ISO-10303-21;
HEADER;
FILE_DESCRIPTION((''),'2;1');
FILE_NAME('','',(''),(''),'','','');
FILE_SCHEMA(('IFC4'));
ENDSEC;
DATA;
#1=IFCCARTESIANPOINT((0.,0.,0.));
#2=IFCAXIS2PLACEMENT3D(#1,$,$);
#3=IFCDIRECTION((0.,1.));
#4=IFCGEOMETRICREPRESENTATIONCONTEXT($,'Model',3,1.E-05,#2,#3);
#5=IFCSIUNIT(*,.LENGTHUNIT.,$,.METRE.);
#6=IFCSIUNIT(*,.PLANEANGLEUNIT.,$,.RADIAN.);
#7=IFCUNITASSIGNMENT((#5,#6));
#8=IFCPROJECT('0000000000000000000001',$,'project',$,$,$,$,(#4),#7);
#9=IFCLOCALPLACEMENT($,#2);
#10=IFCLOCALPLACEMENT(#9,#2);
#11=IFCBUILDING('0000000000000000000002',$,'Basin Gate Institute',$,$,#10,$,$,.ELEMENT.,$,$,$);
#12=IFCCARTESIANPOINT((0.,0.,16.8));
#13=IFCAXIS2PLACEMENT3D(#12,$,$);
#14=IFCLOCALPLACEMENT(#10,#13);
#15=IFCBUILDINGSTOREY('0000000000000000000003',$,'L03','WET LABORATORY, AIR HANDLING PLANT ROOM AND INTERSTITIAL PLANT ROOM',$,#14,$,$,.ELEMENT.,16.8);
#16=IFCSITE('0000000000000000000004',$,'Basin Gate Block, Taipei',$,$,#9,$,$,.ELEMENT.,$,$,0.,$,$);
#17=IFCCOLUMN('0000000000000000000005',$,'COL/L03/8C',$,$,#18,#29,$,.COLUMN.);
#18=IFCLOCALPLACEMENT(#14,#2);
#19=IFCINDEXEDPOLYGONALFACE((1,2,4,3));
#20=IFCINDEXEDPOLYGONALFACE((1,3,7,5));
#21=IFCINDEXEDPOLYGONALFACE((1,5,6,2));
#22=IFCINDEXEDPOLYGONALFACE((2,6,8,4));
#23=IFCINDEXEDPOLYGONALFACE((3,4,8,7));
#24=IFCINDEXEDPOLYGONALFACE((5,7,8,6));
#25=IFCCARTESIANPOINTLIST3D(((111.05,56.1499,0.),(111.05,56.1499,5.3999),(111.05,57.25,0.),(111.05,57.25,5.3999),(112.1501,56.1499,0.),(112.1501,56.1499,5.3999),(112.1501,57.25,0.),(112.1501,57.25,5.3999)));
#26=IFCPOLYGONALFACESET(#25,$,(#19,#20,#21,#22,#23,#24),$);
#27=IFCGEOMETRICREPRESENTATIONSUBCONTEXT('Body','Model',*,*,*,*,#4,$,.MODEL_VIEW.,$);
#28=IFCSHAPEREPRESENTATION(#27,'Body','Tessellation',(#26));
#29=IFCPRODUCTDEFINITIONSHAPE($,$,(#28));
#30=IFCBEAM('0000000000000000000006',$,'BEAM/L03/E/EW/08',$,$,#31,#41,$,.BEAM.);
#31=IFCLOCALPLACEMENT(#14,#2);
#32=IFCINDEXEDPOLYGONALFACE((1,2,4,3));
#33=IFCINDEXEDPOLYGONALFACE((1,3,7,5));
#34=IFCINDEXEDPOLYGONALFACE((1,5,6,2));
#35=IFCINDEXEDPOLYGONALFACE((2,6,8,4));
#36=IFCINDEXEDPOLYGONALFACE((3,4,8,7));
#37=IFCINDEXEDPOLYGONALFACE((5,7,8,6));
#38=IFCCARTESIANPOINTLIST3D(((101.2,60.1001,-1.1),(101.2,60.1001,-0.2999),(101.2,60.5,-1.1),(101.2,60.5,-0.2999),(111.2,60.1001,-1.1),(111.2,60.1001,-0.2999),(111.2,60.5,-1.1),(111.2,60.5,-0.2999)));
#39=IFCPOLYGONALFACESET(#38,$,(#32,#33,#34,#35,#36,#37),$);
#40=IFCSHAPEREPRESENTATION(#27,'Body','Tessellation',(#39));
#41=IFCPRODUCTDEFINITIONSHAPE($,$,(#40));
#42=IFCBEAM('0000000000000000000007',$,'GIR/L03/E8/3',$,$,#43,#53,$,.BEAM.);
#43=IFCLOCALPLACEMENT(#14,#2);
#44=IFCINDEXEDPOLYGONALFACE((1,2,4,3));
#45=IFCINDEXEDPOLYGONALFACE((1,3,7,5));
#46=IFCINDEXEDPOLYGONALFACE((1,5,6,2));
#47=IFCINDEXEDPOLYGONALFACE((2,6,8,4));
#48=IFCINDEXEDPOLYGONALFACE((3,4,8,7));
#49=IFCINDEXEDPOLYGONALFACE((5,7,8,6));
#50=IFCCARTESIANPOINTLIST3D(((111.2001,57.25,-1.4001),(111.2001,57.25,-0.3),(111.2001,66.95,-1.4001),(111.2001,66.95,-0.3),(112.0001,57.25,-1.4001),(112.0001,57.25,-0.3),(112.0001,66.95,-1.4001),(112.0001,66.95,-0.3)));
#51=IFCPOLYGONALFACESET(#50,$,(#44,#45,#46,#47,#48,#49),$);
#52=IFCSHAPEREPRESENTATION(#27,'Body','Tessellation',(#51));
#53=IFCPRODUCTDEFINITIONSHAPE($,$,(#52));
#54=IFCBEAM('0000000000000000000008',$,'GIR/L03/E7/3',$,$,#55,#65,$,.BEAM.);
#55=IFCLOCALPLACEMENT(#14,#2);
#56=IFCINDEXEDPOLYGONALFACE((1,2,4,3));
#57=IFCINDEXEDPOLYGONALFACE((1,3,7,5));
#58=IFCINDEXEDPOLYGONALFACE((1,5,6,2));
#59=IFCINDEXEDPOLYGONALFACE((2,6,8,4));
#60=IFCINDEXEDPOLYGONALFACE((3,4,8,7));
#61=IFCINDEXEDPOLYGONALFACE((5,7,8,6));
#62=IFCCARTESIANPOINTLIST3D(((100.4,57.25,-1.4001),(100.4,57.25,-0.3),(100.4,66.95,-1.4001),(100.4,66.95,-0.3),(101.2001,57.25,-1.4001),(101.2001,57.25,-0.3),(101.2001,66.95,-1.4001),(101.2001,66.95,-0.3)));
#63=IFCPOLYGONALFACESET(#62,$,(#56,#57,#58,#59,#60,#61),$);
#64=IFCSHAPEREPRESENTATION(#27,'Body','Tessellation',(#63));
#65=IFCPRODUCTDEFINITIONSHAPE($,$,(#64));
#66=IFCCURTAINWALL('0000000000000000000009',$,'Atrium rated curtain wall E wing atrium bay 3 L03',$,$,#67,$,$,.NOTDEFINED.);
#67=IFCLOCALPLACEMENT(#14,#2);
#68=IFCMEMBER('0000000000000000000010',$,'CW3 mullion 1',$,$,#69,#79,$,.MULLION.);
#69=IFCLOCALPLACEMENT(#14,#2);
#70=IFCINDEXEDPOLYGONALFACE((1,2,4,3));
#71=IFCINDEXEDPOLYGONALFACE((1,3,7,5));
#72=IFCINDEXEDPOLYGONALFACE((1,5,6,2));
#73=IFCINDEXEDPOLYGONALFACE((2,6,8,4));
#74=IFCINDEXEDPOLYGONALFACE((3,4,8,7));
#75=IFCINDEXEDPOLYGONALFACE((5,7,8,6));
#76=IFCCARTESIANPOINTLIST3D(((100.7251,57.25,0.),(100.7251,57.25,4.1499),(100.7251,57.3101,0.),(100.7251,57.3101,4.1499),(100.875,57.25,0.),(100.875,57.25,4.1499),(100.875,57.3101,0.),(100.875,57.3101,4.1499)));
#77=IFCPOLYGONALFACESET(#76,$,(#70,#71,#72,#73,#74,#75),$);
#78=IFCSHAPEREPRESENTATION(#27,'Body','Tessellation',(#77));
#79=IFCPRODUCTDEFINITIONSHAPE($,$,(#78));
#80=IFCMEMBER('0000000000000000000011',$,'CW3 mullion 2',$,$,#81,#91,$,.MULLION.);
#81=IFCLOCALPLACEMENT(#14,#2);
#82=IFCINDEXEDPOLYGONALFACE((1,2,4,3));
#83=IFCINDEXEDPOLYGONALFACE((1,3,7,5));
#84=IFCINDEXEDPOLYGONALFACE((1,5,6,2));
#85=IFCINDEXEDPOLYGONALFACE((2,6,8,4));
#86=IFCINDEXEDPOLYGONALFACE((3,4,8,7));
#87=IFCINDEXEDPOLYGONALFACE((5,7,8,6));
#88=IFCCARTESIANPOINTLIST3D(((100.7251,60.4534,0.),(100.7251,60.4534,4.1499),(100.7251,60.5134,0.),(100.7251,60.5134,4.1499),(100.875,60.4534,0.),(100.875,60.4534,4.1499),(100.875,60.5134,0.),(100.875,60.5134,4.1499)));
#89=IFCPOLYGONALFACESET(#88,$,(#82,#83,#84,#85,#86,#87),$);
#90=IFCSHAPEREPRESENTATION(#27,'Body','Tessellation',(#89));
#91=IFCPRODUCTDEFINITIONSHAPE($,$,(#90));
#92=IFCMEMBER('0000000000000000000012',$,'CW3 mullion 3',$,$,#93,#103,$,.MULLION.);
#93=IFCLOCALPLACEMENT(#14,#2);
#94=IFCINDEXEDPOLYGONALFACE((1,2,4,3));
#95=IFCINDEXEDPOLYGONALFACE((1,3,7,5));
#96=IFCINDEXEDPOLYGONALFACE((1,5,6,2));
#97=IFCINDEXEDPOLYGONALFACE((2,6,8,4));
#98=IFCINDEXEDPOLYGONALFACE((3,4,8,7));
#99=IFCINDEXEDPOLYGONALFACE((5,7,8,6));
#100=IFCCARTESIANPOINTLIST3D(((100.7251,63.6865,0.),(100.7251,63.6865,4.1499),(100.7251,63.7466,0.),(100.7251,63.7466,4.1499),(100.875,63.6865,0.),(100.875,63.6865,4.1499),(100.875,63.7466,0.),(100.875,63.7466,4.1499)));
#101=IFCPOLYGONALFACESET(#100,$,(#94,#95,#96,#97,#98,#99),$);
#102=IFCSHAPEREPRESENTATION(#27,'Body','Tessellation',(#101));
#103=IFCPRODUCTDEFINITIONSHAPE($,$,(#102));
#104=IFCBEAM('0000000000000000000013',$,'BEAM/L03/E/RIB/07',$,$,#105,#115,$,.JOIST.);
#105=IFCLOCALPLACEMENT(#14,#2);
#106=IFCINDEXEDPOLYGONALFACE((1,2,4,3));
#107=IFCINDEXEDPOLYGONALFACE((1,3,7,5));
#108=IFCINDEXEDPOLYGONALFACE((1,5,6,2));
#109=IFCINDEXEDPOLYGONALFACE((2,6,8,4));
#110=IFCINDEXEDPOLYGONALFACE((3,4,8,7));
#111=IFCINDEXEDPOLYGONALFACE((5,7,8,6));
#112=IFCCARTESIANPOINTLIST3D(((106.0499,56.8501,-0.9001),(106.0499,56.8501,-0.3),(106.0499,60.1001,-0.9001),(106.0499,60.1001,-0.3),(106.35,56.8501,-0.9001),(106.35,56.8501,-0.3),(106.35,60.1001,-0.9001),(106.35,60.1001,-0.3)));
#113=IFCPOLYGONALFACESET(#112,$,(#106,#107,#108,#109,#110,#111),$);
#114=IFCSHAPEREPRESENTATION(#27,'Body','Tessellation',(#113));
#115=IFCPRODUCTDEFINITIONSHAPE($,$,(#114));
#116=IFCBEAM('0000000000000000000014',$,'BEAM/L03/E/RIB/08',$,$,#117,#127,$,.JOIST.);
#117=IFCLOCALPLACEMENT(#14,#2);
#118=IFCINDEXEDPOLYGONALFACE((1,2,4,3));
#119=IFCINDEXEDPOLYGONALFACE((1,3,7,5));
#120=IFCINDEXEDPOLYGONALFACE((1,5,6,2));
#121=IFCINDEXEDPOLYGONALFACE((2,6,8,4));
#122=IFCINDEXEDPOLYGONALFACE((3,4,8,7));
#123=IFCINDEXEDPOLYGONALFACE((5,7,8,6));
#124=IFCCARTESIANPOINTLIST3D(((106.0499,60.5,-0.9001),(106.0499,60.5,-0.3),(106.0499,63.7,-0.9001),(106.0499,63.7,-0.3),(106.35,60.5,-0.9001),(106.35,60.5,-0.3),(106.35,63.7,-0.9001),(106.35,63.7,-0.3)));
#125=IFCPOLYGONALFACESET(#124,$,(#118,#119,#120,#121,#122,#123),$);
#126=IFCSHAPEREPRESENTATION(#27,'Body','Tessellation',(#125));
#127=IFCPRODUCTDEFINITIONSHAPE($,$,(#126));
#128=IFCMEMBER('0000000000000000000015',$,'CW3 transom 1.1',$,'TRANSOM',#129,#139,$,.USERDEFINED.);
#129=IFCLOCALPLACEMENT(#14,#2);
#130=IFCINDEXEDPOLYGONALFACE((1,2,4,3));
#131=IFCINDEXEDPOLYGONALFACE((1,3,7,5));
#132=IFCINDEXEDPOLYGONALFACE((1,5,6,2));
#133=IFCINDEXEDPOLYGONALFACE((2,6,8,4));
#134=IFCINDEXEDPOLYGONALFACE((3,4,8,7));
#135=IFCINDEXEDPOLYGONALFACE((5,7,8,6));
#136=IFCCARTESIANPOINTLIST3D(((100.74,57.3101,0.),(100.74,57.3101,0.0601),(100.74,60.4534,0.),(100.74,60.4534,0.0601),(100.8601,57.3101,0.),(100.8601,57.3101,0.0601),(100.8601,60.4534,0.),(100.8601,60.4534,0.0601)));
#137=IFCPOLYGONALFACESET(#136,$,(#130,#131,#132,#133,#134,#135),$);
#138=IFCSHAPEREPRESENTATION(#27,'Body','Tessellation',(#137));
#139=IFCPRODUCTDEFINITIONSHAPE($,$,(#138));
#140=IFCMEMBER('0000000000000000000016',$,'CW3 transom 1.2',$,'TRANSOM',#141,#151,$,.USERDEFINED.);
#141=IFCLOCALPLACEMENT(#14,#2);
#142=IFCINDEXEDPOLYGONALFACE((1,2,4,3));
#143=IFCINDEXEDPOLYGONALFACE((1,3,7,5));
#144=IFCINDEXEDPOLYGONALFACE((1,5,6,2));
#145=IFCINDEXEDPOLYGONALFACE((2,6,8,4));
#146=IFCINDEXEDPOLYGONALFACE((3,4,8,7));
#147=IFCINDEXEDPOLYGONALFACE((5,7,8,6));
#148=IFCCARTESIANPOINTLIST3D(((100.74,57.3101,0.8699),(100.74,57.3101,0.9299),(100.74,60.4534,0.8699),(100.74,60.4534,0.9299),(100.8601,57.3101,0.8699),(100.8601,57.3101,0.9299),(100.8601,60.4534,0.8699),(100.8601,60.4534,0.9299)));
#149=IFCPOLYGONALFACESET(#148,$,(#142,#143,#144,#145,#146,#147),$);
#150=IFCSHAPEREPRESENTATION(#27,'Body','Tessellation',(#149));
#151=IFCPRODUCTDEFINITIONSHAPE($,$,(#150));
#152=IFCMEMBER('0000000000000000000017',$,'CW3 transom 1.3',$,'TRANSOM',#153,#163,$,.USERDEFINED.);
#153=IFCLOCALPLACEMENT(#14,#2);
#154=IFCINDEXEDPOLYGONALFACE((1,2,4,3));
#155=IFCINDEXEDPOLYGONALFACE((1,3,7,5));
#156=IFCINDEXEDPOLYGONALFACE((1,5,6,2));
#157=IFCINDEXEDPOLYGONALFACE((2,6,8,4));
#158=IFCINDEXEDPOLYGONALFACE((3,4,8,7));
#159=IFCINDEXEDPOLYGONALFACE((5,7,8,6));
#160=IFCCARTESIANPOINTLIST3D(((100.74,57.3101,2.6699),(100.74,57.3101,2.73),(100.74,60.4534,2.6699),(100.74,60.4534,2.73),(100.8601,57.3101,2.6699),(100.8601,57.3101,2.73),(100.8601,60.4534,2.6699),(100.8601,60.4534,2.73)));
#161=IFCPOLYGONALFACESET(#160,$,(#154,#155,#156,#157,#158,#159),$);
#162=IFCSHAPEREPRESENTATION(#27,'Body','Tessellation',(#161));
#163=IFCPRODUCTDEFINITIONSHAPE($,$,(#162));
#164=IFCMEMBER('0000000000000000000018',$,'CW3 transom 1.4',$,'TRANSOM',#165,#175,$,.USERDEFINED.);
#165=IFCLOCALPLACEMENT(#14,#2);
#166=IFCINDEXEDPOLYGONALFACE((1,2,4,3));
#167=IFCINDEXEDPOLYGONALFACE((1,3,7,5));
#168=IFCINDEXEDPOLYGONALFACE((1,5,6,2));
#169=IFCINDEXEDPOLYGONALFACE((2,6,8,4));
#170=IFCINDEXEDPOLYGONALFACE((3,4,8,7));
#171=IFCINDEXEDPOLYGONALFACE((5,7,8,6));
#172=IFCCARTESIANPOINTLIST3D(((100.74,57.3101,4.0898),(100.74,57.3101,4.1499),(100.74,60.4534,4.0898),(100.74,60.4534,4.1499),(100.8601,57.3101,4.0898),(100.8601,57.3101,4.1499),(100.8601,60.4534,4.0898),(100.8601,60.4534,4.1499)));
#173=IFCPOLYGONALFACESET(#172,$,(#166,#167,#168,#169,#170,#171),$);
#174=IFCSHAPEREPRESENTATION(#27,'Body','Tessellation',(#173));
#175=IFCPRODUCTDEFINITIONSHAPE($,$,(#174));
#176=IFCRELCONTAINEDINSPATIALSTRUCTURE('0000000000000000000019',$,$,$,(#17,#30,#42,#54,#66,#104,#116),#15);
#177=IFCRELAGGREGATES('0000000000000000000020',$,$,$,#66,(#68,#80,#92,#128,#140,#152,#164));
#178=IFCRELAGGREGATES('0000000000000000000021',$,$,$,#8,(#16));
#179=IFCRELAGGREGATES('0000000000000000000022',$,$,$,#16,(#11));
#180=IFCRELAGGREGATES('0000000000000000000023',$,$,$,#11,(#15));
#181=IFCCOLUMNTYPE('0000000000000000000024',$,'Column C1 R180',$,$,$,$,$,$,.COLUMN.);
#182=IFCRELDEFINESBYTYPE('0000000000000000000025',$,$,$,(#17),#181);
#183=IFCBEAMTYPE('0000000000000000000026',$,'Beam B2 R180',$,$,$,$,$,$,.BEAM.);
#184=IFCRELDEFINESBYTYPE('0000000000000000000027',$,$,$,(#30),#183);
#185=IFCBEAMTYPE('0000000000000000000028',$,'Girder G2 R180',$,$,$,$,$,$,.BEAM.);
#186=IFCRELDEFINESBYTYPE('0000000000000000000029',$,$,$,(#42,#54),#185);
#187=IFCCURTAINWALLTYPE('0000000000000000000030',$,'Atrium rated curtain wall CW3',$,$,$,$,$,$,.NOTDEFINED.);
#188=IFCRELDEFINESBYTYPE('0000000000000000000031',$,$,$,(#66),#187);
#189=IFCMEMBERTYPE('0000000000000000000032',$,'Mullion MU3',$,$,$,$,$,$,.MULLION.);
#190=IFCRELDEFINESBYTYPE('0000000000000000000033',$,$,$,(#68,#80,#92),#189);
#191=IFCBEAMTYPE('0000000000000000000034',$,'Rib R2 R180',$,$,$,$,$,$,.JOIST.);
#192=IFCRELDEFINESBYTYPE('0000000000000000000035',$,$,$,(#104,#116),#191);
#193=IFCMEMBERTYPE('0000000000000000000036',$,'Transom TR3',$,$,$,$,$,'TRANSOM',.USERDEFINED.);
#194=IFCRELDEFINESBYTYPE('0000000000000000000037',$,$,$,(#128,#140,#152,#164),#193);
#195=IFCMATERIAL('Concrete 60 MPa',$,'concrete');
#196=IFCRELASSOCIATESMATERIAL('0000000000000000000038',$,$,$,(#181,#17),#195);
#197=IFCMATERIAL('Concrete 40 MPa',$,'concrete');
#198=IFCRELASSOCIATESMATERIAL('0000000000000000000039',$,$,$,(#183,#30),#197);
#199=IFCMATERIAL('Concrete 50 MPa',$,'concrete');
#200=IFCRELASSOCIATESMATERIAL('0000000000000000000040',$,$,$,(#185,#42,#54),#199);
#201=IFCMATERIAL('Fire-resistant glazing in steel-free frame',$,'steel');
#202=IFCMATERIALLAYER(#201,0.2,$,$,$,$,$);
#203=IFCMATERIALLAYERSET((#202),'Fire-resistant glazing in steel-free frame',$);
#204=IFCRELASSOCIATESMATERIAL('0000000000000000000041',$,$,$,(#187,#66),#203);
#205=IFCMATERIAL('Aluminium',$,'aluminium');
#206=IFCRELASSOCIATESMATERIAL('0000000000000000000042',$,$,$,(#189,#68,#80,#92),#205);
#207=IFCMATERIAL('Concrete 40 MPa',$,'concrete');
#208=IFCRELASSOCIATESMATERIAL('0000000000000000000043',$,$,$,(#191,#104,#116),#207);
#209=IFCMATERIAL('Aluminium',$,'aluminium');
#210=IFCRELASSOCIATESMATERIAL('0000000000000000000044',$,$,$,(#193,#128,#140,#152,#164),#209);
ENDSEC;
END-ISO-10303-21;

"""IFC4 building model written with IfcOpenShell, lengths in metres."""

from ifc_helpers import new_model, si_unit, direction, frame, origin, origin_2d, place, context, subcontext, project, spatial, rectangle, extrude, material, layer, layer_set, material_profile, profile_set, type_object, element, aggregate, save


model = new_model("IFC4")

# Units and contexts
model_context = context("Model", 3, precision=1e-05, world=origin(), true_north=direction((0.0, 1.0)))
body_context = subcontext(model_context, "Body", "Model", "MODEL_VIEW")
ifc_project = project(units=[si_unit("LENGTHUNIT", "METRE"), si_unit("PLANEANGLEUNIT", "RADIAN")], contexts=[model_context])

# Site, building, storey
site_placement = place(None, origin())
site = spatial("IfcSite", under=ifc_project, at=site_placement, Name="Basin Gate Block, Taipei", CompositionType="ELEMENT", RefElevation=0.0)
building_placement = place(site_placement, origin())
building = spatial("IfcBuilding", under=site, at=building_placement, Name="Basin Gate Institute", CompositionType="ELEMENT")
storey_placement = place(building_placement, frame((0.0, 0.0, 16.8)))
storey = spatial("IfcBuildingStorey", under=building, at=storey_placement, Name="L03", Description="WET LABORATORY, AIR HANDLING PLANT ROOM AND INTERSTITIAL PLANT ROOM", CompositionType="ELEMENT", Elevation=16.8)

# Column
ifc_material_1 = material(Name="Concrete 60 MPa", Category="concrete")
ifc_material_profile_1 = material_profile(ifc_material_1, rectangle(XDim=1.1001, YDim=1.1001, at=origin_2d()), Name="Column C1 1100 x 1100")
ifc_profile_set_1 = profile_set([ifc_material_profile_1], Name="Concrete 60 MPa")
column_type = type_object("IfcColumnType", Name="Column C1 R180", PredefinedType="COLUMN", material=ifc_profile_set_1)
column_placement = place(storey_placement, frame((111.6001, 56.7, 0.0), z_axis=(0.0, 0.0, 1.0), x_axis=(1.0, 0.0, 0.0)))
element("IfcColumn", 1, at=column_placement, inside=storey, type_object=column_type, material=ifc_profile_set_1, Name="COL/L03/8C", PredefinedType="COLUMN", context=body_context, shape_type="SweptSolid", body=[
    extrude(rectangle(XDim=1.1001, YDim=1.1001, at=origin_2d()), origin(), (0.0, 0.0, 1.0), 5.3999),
])

# Beams
ifc_material_2 = material(Name="Concrete 40 MPa", Category="concrete")
ifc_material_profile_2 = material_profile(ifc_material_2, rectangle(XDim=0.3999, YDim=0.8, at=origin_2d()), Name="Beam B2 400 x 800")
ifc_profile_set_2 = profile_set([ifc_material_profile_2], Name="Concrete 40 MPa")
beam_type_1 = type_object("IfcBeamType", Name="Beam B2 R180", PredefinedType="BEAM", material=ifc_profile_set_2)
beam_1_placement = place(storey_placement, frame((111.2, 60.3, -0.7), z_axis=(-1.0, 0.0, 0.0), x_axis=(0.0, -1.0, 0.0)))
element("IfcBeam", 2, at=beam_1_placement, inside=storey, type_object=beam_type_1, material=ifc_profile_set_2, Name="BEAM/L03/E/EW/08", PredefinedType="BEAM", context=body_context, shape_type="SweptSolid", body=[
    extrude(rectangle(XDim=0.3999, YDim=0.8, at=origin_2d()), origin(), (0.0, 0.0, 1.0), 10.0),
])
ifc_material_3 = material(Name="Concrete 50 MPa", Category="concrete")
ifc_material_profile_3 = material_profile(ifc_material_3, rectangle(XDim=0.8, YDim=1.1001, at=origin_2d()), Name="Girder G2 800 x 1100")
ifc_profile_set_3 = profile_set([ifc_material_profile_3], Name="Concrete 50 MPa")
beam_type_2 = type_object("IfcBeamType", Name="Girder G2 R180", PredefinedType="BEAM", material=ifc_profile_set_3)
for number, where, z_axis, x_axis, name in (
    (3, (111.6001, 57.25, -0.8501), (0.0, 1.0, 0.0), (-1.0, 0.0, 0.0), "GIR/L03/E8/3"),
    (4, (100.8, 57.25, -0.8501), (0.0, 1.0, 0.0), (-1.0, 0.0, 0.0), "GIR/L03/E7/3"),
):
    element("IfcBeam", number, at=place(storey_placement, frame(where, z_axis=z_axis, x_axis=x_axis)), inside=storey, type_object=beam_type_2, material=ifc_profile_set_3, Name=name, PredefinedType="BEAM", context=body_context, shape_type="SweptSolid", body=[
        extrude(rectangle(XDim=0.8, YDim=1.1001, at=origin_2d()), origin(), (0.0, 0.0, 1.0), 9.7),
    ])

# Curtain wall, members
ifc_material_4 = material(Name="Fire-resistant glazing in steel-free frame", Category="steel")
ifc_layer_1 = layer(ifc_material_4, 0.2)
ifc_layer_set_1 = layer_set([ifc_layer_1], Name="Fire-resistant glazing in steel-free frame")
curtain_wall_type = type_object("IfcCurtainWallType", Name="Atrium rated curtain wall CW3", PredefinedType="NOTDEFINED", material=ifc_layer_set_1)
curtain_wall_placement = place(storey_placement, origin())
curtain_wall = element("IfcCurtainWall", 5, at=curtain_wall_placement, inside=storey, type_object=curtain_wall_type, material=ifc_layer_set_1, Name="Atrium rated curtain wall E wing atrium bay 3 L03", PredefinedType="NOTDEFINED")
ifc_material_5 = material(Name="Aluminium", Category="aluminium")
ifc_material_profile_4 = material_profile(ifc_material_5, rectangle(XDim=0.1499, YDim=0.0601, at=origin_2d()), Name="Mullion MU3 150 x 60")
ifc_profile_set_4 = profile_set([ifc_material_profile_4], Name="Aluminium")
member_type_1 = type_object("IfcMemberType", Name="Mullion MU3", PredefinedType="MULLION", material=ifc_profile_set_4)
member_1_placement = place(storey_placement, frame((100.8, 57.28, 0.0), z_axis=(0.0, 0.0, 1.0), x_axis=(-1.0, 0.0, 0.0)))
member_1 = element("IfcMember", 6, at=member_1_placement, type_object=member_type_1, material=ifc_profile_set_4, Name="CW3 mullion 1", PredefinedType="MULLION", context=body_context, shape_type="SweptSolid", body=[
    extrude(rectangle(XDim=0.1499, YDim=0.0601, at=origin_2d()), origin(), (0.0, 0.0, 1.0), 4.1499),
])
member_2_placement = place(storey_placement, frame((100.8, 60.4834, 0.0), z_axis=(0.0, 0.0, 1.0), x_axis=(-1.0, 0.0, 0.0)))
member_2 = element("IfcMember", 7, at=member_2_placement, type_object=member_type_1, material=ifc_profile_set_4, Name="CW3 mullion 2", PredefinedType="MULLION", context=body_context, shape_type="SweptSolid", body=[
    extrude(rectangle(XDim=0.1499, YDim=0.0601, at=origin_2d()), origin(), (0.0, 0.0, 1.0), 4.1499),
])
member_3_placement = place(storey_placement, frame((100.8, 63.7166, 0.0), z_axis=(0.0, 0.0, 1.0), x_axis=(-1.0, 0.0, 0.0)))
member_3 = element("IfcMember", 8, at=member_3_placement, type_object=member_type_1, material=ifc_profile_set_4, Name="CW3 mullion 3", PredefinedType="MULLION", context=body_context, shape_type="SweptSolid", body=[
    extrude(rectangle(XDim=0.1499, YDim=0.0601, at=origin_2d()), origin(), (0.0, 0.0, 1.0), 4.1499),
])

# Beams
ifc_material_6 = material(Name="Concrete 40 MPa", Category="concrete")
ifc_material_profile_5 = material_profile(ifc_material_6, rectangle(XDim=0.3, YDim=0.6001, at=origin_2d()), Name="Rib R2 300 x 600")
ifc_profile_set_5 = profile_set([ifc_material_profile_5], Name="Concrete 40 MPa")
beam_type_3 = type_object("IfcBeamType", Name="Rib R2 R180", PredefinedType="JOIST", material=ifc_profile_set_5)
beam_2_placement = place(storey_placement, frame((106.2, 56.8501, -0.6001), z_axis=(0.0, 1.0, 0.0), x_axis=(-1.0, 0.0, 0.0)))
element("IfcBeam", 9, at=beam_2_placement, inside=storey, type_object=beam_type_3, material=ifc_profile_set_5, Name="BEAM/L03/E/RIB/07", PredefinedType="JOIST", context=body_context, shape_type="SweptSolid", body=[
    extrude(rectangle(XDim=0.3, YDim=0.6001, at=origin_2d()), origin(), (0.0, 0.0, 1.0), 3.25),
])
beam_3_placement = place(storey_placement, frame((106.2, 60.5, -0.6001), z_axis=(0.0, 1.0, 0.0), x_axis=(-1.0, 0.0, 0.0)))
element("IfcBeam", 10, at=beam_3_placement, inside=storey, type_object=beam_type_3, material=ifc_profile_set_5, Name="BEAM/L03/E/RIB/08", PredefinedType="JOIST", context=body_context, shape_type="SweptSolid", body=[
    extrude(rectangle(XDim=0.3, YDim=0.6001, at=origin_2d()), origin(), (0.0, 0.0, 1.0), 3.2),
])

# Members
ifc_material_7 = material(Name="Aluminium", Category="aluminium")
ifc_material_profile_6 = material_profile(ifc_material_7, rectangle(XDim=0.1201, YDim=0.0601, at=origin_2d()), Name="Transom TR3 120 x 60")
ifc_profile_set_6 = profile_set([ifc_material_profile_6], Name="Aluminium")
member_type_2 = type_object("IfcMemberType", Name="Transom TR3", ElementType="TRANSOM", PredefinedType="USERDEFINED", material=ifc_profile_set_6)
member_4_placement = place(storey_placement, frame((100.8, 57.3101, 0.03), z_axis=(0.0, 1.0, 0.0), x_axis=(-1.0, 0.0, 0.0)))
member_4 = element("IfcMember", 11, at=member_4_placement, type_object=member_type_2, material=ifc_profile_set_6, Name="CW3 transom 1.1", ObjectType="TRANSOM", PredefinedType="USERDEFINED", context=body_context, shape_type="SweptSolid", body=[
    extrude(rectangle(XDim=0.1201, YDim=0.0601, at=origin_2d()), origin(), (0.0, 0.0, 1.0), 3.1433),
])
member_5_placement = place(storey_placement, frame((100.8, 57.3101, 0.8999), z_axis=(0.0, 1.0, 0.0), x_axis=(-1.0, 0.0, 0.0)))
member_5 = element("IfcMember", 12, at=member_5_placement, type_object=member_type_2, material=ifc_profile_set_6, Name="CW3 transom 1.2", ObjectType="TRANSOM", PredefinedType="USERDEFINED", context=body_context, shape_type="SweptSolid", body=[
    extrude(rectangle(XDim=0.1201, YDim=0.0601, at=origin_2d()), origin(), (0.0, 0.0, 1.0), 3.1433),
])
member_6_placement = place(storey_placement, frame((100.8, 57.3101, 2.7), z_axis=(0.0, 1.0, 0.0), x_axis=(-1.0, 0.0, 0.0)))
member_6 = element("IfcMember", 13, at=member_6_placement, type_object=member_type_2, material=ifc_profile_set_6, Name="CW3 transom 1.3", ObjectType="TRANSOM", PredefinedType="USERDEFINED", context=body_context, shape_type="SweptSolid", body=[
    extrude(rectangle(XDim=0.1201, YDim=0.0601, at=origin_2d()), origin(), (0.0, 0.0, 1.0), 3.1433),
])
member_7_placement = place(storey_placement, frame((100.8, 57.3101, 4.1199), z_axis=(0.0, 1.0, 0.0), x_axis=(-1.0, 0.0, 0.0)))
member_7 = element("IfcMember", 14, at=member_7_placement, type_object=member_type_2, material=ifc_profile_set_6, Name="CW3 transom 1.4", ObjectType="TRANSOM", PredefinedType="USERDEFINED", context=body_context, shape_type="SweptSolid", body=[
    extrude(rectangle(XDim=0.1201, YDim=0.0601, at=origin_2d()), origin(), (0.0, 0.0, 1.0), 3.1433),
])

aggregate(curtain_wall, [member_1, member_2, member_3, member_4, member_5, member_6, member_7])

save(model, "model.ifc")
